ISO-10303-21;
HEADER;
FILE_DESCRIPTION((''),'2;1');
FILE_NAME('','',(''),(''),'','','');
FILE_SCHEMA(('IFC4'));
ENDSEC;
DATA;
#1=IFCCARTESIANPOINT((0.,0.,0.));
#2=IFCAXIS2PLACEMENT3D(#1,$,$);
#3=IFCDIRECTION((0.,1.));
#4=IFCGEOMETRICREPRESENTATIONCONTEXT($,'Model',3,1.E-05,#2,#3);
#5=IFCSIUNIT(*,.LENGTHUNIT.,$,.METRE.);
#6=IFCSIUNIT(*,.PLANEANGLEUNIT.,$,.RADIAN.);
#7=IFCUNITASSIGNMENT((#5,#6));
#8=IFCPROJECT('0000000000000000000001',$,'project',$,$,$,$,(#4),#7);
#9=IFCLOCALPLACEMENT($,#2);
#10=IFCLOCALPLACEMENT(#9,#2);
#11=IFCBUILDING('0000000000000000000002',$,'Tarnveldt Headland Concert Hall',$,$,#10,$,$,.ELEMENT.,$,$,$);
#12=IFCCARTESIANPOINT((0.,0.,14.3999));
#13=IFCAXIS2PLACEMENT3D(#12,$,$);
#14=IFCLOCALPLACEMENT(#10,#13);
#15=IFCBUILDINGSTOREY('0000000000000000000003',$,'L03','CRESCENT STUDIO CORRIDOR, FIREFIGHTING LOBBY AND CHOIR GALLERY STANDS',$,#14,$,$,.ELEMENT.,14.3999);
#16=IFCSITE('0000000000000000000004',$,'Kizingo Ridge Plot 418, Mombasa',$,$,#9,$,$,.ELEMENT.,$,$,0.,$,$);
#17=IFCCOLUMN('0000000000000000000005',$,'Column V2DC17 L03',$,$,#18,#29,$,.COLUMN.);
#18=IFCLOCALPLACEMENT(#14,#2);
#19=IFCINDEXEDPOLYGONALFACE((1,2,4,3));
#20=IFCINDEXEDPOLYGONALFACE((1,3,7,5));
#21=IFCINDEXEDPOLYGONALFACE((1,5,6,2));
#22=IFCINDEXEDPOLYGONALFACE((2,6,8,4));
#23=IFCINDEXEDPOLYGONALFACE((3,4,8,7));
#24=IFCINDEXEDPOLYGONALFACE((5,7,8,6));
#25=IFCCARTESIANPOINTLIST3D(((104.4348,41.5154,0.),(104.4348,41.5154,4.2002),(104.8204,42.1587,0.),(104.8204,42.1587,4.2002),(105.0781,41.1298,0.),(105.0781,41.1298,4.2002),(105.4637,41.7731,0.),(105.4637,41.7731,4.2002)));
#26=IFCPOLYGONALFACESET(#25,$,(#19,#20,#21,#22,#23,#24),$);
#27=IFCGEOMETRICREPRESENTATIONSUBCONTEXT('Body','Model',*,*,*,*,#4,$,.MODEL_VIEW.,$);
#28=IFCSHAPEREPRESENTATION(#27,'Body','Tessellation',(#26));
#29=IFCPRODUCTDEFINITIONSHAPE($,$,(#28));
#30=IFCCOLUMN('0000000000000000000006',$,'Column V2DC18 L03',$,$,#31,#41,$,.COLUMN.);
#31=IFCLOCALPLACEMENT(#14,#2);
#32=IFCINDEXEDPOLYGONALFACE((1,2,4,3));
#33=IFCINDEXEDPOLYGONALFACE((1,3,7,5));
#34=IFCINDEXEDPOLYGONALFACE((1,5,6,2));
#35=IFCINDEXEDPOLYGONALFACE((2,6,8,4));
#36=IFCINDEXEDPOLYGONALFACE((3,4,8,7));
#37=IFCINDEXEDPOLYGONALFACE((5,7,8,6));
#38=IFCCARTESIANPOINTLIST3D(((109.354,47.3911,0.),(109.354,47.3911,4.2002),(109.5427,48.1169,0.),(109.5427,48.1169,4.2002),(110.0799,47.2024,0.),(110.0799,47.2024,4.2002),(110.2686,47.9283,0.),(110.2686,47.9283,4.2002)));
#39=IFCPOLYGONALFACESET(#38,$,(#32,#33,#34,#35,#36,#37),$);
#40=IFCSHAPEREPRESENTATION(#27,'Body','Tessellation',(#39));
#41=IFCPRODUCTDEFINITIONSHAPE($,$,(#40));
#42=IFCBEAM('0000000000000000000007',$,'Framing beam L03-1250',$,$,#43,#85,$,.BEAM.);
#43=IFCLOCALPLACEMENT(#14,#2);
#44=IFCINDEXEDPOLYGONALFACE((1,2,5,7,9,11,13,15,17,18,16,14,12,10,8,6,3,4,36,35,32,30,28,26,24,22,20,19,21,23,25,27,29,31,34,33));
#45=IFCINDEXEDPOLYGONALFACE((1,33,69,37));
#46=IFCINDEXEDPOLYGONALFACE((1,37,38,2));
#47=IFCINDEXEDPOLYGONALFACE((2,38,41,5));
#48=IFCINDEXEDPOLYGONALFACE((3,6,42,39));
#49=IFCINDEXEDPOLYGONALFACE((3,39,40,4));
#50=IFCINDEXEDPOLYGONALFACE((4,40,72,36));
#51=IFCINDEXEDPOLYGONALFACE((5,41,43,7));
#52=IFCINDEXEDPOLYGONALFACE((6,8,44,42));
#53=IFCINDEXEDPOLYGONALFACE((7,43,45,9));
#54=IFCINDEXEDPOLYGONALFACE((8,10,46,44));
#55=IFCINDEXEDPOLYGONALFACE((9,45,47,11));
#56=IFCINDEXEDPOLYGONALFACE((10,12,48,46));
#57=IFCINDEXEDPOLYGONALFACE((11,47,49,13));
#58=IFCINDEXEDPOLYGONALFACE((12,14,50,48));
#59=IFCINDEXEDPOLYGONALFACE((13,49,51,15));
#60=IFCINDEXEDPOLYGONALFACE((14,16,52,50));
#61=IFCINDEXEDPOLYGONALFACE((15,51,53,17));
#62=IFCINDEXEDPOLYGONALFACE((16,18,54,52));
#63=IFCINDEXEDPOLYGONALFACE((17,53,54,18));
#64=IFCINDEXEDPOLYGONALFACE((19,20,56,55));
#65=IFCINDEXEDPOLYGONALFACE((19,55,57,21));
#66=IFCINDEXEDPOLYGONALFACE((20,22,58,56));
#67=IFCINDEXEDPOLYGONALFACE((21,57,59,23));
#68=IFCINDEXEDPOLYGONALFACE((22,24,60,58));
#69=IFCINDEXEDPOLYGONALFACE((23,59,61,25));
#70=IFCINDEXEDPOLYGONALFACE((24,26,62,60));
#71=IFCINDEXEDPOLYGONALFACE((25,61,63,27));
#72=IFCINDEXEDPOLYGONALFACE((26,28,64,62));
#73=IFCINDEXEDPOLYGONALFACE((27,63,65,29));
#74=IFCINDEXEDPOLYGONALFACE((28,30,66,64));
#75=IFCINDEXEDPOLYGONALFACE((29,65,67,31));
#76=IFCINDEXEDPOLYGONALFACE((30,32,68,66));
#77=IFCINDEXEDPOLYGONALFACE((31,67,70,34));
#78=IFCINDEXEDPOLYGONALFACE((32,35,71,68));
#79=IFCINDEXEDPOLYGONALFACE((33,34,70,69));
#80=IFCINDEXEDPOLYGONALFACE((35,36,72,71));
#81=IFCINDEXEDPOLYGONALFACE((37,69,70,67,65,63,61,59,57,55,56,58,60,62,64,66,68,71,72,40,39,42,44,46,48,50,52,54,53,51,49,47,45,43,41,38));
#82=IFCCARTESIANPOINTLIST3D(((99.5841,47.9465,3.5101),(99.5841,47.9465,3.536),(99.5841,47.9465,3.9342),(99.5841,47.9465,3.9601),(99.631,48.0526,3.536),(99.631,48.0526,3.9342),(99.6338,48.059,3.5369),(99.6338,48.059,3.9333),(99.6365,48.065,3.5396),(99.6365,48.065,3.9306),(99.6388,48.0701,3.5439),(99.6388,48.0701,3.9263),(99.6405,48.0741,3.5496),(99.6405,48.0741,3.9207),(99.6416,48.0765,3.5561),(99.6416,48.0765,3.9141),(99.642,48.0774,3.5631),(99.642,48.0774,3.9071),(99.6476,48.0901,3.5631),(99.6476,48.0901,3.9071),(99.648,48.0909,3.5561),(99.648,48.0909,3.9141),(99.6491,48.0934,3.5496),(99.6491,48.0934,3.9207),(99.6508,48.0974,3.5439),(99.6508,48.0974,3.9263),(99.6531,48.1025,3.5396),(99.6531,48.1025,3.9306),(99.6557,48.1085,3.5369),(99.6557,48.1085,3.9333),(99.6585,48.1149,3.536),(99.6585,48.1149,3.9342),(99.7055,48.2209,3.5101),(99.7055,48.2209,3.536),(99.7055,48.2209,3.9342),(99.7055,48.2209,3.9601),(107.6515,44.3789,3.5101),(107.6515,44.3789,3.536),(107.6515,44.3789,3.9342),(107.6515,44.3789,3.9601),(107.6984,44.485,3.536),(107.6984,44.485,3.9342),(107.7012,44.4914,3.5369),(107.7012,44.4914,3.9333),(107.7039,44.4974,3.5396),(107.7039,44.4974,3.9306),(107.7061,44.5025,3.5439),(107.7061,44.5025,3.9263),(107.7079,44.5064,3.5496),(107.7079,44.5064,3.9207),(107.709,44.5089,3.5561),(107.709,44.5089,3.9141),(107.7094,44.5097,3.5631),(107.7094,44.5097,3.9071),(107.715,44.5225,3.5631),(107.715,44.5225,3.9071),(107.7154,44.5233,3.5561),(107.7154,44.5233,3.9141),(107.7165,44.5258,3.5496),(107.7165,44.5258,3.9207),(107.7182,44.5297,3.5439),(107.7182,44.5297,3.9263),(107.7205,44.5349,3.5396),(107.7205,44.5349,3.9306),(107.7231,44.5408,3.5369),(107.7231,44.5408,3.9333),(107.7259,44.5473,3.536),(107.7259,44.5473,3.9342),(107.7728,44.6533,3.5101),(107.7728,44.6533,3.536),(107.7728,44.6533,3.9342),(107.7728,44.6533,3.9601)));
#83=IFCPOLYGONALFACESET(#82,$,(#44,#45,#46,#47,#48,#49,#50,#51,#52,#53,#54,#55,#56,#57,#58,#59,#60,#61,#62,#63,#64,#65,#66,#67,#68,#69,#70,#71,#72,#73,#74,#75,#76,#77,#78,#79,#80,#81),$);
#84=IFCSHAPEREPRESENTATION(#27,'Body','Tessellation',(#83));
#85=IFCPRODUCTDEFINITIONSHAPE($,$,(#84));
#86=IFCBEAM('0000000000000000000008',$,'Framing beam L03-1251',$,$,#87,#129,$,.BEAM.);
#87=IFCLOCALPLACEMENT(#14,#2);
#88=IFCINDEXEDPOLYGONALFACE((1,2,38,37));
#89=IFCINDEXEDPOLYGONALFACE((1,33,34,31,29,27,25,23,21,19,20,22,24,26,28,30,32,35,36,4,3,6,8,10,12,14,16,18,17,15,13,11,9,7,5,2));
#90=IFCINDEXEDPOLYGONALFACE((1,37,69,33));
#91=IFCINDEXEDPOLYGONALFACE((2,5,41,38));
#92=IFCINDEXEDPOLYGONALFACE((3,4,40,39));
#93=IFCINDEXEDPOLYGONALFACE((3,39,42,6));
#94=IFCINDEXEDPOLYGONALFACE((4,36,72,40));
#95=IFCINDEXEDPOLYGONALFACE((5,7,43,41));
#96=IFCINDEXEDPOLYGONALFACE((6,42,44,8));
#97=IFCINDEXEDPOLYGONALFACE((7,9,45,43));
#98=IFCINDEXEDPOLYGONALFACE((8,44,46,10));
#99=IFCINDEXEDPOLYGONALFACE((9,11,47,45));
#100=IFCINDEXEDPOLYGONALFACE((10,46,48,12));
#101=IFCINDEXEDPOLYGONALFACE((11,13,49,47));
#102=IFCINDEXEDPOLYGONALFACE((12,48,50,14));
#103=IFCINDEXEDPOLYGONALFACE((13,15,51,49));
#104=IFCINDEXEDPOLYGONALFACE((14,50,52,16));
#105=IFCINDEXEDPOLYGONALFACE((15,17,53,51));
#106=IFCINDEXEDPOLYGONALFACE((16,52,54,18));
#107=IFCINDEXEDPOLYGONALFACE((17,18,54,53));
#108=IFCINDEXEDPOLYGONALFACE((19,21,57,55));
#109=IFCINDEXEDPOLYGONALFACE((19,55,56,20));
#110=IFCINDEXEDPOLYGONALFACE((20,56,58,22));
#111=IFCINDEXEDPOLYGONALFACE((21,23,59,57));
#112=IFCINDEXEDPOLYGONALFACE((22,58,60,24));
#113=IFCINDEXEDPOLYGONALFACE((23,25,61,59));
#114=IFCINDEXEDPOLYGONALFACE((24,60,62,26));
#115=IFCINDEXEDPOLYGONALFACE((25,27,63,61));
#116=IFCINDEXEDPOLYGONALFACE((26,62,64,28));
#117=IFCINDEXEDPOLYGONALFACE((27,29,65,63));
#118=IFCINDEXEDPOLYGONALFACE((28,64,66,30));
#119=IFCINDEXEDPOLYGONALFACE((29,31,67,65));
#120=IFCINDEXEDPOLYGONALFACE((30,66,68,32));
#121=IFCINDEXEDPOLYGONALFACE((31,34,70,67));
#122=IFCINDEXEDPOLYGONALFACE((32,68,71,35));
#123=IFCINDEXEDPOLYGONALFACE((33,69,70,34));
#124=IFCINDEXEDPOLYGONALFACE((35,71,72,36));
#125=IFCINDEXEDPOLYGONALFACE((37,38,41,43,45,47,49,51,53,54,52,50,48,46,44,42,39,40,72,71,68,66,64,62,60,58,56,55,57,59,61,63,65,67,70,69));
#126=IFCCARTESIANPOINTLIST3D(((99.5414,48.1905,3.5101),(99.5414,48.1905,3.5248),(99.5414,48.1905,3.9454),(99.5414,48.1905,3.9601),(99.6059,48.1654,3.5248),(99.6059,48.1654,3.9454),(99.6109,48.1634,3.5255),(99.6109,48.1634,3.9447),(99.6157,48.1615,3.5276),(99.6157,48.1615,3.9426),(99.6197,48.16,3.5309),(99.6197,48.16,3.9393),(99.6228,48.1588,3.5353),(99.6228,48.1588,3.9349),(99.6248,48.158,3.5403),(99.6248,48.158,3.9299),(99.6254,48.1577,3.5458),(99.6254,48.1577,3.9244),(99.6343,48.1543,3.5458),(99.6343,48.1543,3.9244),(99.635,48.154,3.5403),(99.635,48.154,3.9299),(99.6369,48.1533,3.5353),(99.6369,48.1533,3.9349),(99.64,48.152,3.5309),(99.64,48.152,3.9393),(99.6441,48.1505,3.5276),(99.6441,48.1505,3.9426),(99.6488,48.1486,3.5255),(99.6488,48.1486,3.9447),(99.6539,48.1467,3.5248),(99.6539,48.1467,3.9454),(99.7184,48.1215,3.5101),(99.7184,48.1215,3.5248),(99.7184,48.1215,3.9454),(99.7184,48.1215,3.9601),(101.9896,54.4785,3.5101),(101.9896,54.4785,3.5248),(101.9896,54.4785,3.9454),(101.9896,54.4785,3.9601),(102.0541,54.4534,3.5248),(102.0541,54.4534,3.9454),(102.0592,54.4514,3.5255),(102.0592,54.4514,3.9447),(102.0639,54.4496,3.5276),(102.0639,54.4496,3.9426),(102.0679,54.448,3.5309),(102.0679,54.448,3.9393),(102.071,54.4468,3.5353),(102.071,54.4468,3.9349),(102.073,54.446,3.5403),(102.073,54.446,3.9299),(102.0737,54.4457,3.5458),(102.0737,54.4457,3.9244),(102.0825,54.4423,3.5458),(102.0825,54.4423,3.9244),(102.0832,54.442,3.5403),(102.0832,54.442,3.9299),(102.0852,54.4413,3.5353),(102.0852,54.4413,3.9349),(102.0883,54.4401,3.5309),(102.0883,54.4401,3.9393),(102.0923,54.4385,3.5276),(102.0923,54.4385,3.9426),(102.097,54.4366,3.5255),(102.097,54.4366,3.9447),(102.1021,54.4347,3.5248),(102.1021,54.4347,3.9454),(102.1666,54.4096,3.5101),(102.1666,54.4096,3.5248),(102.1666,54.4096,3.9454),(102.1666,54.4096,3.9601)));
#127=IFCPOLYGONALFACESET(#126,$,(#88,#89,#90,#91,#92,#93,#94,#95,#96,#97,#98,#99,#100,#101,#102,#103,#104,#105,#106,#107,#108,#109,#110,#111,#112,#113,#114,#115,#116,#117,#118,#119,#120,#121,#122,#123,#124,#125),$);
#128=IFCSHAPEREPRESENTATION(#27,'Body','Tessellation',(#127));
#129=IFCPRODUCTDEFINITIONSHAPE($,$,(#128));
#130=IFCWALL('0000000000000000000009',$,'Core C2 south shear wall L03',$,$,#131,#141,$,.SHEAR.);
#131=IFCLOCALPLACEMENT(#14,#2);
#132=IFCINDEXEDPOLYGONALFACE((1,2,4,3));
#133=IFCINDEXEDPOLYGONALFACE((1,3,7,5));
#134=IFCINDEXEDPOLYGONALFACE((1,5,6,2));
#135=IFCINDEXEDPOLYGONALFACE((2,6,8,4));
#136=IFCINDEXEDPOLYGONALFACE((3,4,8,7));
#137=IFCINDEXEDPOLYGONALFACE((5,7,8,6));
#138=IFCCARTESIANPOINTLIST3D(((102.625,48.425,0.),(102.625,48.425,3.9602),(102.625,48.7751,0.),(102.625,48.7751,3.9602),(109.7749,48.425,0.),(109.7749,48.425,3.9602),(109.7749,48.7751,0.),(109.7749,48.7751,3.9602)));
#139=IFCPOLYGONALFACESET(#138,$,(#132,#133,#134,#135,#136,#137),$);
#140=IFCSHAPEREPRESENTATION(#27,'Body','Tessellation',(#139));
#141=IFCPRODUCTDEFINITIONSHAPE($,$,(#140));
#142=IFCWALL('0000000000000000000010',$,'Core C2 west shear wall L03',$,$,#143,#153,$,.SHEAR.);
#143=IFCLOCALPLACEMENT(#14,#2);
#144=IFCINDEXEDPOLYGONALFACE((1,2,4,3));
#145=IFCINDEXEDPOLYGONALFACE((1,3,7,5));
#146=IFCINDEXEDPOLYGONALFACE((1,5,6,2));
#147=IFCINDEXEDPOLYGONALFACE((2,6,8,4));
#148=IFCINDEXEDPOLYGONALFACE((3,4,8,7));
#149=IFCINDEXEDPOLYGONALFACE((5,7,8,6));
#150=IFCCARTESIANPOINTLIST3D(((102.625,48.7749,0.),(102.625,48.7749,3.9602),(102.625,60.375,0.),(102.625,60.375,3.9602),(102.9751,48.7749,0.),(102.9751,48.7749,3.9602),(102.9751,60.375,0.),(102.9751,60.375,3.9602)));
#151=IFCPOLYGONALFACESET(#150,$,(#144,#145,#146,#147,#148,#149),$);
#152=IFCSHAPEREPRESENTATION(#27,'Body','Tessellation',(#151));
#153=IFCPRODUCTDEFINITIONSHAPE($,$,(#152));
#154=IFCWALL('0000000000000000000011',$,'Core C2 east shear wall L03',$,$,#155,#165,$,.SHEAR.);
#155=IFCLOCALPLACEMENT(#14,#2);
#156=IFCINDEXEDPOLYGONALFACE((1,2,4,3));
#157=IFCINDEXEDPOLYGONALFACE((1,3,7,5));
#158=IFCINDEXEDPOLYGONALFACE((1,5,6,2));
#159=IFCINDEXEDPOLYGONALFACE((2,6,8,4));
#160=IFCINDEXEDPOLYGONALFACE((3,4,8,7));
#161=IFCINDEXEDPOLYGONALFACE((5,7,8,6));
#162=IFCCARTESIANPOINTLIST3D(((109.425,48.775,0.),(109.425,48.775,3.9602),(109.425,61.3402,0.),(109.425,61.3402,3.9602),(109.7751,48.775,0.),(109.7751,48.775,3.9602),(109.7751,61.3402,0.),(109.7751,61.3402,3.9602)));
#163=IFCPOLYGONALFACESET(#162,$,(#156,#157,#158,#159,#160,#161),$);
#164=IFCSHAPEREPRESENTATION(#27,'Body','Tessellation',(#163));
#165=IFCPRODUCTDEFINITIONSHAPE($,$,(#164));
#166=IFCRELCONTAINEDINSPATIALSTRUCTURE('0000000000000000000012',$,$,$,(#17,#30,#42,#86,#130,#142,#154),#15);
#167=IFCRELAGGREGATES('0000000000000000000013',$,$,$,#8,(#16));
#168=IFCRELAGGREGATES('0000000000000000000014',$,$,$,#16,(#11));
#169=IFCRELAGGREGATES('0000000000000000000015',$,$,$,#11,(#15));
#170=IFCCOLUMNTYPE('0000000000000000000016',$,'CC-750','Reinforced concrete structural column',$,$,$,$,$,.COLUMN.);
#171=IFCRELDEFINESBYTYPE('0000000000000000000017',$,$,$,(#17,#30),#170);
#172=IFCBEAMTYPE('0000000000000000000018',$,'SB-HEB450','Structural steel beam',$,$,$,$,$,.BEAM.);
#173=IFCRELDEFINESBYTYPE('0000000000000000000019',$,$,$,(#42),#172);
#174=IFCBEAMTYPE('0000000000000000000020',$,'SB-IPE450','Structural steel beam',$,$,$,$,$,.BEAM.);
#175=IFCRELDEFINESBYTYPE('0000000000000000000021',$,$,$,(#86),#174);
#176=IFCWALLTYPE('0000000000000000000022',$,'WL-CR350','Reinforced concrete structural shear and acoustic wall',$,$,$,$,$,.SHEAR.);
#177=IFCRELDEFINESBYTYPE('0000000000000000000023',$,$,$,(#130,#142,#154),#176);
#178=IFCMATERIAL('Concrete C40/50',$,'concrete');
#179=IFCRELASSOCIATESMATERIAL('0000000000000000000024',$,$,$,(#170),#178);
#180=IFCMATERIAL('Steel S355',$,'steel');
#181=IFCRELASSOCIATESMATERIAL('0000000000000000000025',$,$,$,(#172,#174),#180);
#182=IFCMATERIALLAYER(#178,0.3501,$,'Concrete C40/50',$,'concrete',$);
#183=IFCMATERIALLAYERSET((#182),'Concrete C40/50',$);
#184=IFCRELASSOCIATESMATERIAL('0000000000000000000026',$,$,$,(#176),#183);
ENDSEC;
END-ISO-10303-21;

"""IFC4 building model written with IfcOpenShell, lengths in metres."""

from ifc_helpers import new_model, si_unit, direction, frame, frame_2d, origin, origin_2d, place, context, subcontext, project, spatial, rectangle, i_section, extrude, material, layer, layer_set, material_profile, profile_set, type_object, element, save


model = new_model("IFC4")

# Units and contexts
model_context = context("Model", 3, precision=1e-05, world=origin(), true_north=direction((0.0, 1.0)))
body_context = subcontext(model_context, "Body", "Model", "MODEL_VIEW")
ifc_project = project(units=[si_unit("LENGTHUNIT", "METRE"), si_unit("PLANEANGLEUNIT", "RADIAN")], contexts=[model_context])

# Site, building, storey
site_placement = place(None, origin())
site = spatial("IfcSite", under=ifc_project, at=site_placement, Name="Kizingo Ridge Plot 418, Mombasa", CompositionType="ELEMENT", RefElevation=0.0)
building_placement = place(site_placement, origin())
building = spatial("IfcBuilding", under=site, at=building_placement, Name="Tarnveldt Headland Concert Hall", CompositionType="ELEMENT")
storey_placement = place(building_placement, frame((0.0, 0.0, 14.3999)))
storey = spatial("IfcBuildingStorey", under=building, at=storey_placement, Name="L03", Description="CRESCENT STUDIO CORRIDOR, FIREFIGHTING LOBBY AND CHOIR GALLERY STANDS", CompositionType="ELEMENT", Elevation=14.3999)

# Columns
ifc_material_1 = material(Name="Concrete C40/50", Category="concrete")
ifc_material_profile_1 = material_profile(ifc_material_1, rectangle(XDim=0.75, YDim=0.75, at=origin_2d()), Name="RC 750x750", Category="concrete")
ifc_profile_set_1 = profile_set([ifc_material_profile_1], Name="Concrete C40/50")
column_type = type_object("IfcColumnType", Name="CC-750", Description="Reinforced concrete structural column", PredefinedType="COLUMN", material=ifc_profile_set_1)
for number, where, z_axis, x_axis, name in (
    (1, (104.9492, 41.6443, 0.0), (0.0, 0.0, 1.0), (0.857706, -0.51414, 0.0), "Column V2DC17 L03"),
    (2, (109.8113, 47.6597, 0.0), (0.0, 0.0, 1.0), (0.967841, -0.251563, 0.0), "Column V2DC18 L03"),
):
    element("IfcColumn", number, at=place(storey_placement, frame(where, z_axis=z_axis, x_axis=x_axis)), inside=storey, type_object=column_type, Name=name, PredefinedType="COLUMN", context=body_context, shape_type="SweptSolid", body=[
        extrude(rectangle(XDim=0.75, YDim=0.75, at=origin_2d()), origin(), (0.0, 0.0, 1.0), 4.2002),
    ])

# Beams
ifc_material_2 = material(Name="Steel S355", Category="steel")
ifc_material_profile_2 = material_profile(ifc_material_2, i_section(OverallWidth=0.3, OverallDepth=0.45, WebThickness=0.0139, FlangeThickness=0.0259, FilletRadius=0.0271, at=origin_2d()), Name="HEB450", Category="steel")
ifc_profile_set_2 = profile_set([ifc_material_profile_2], Name="Steel S355")
beam_type_1 = type_object("IfcBeamType", Name="SB-HEB450", Description="Structural steel beam", PredefinedType="BEAM", material=ifc_profile_set_2)
beam_1_placement = place(storey_placement, frame((99.6448, 48.0837, 3.7351), z_axis=(0.914562, -0.404445, 0.0), x_axis=(0.404445, 0.914562, 0.0)))
element("IfcBeam", 3, at=beam_1_placement, inside=storey, type_object=beam_type_1, Name="Framing beam L03-1250", PredefinedType="BEAM", context=body_context, shape_type="SweptSolid", body=[
    extrude(i_section(OverallWidth=0.3, OverallDepth=0.45, WebThickness=0.0139, FlangeThickness=0.0259, FilletRadius=0.0271, at=origin_2d()), origin(), (0.0, 0.0, 1.0), 8.821),
])
ifc_material_profile_3 = material_profile(ifc_material_2, i_section(OverallWidth=0.1899, OverallDepth=0.45, WebThickness=0.0095, FlangeThickness=0.0146, FilletRadius=0.021, at=origin_2d()), Name="IPE450", Category="steel")
ifc_profile_set_3 = profile_set([ifc_material_profile_3], Name="Steel S355")
beam_type_2 = type_object("IfcBeamType", Name="SB-IPE450", Description="Structural steel beam", PredefinedType="BEAM", material=ifc_profile_set_3)
beam_2_placement = place(storey_placement, frame((99.6299, 48.156, 3.7351), z_axis=(0.362816, 0.931861, 0.0), x_axis=(-0.931861, 0.362816, 0.0)))
element("IfcBeam", 4, at=beam_2_placement, inside=storey, type_object=beam_type_2, Name="Framing beam L03-1251", PredefinedType="BEAM", context=body_context, shape_type="SweptSolid", body=[
    extrude(i_section(OverallWidth=0.1899, OverallDepth=0.45, WebThickness=0.0095, FlangeThickness=0.0146, FilletRadius=0.021, at=origin_2d()), origin(), (0.0, 0.0, 1.0), 6.7478),
])

# Walls
ifc_layer_1 = layer(ifc_material_1, 0.3501, Name="Concrete C40/50", Category="concrete")
ifc_layer_set_1 = layer_set([ifc_layer_1], Name="Concrete C40/50")
wall_type_1 = type_object("IfcWallType", Name="WL-CR350", Description="Reinforced concrete structural shear and acoustic wall", PredefinedType="SHEAR", material=ifc_layer_set_1)
wall_1_placement = place(storey_placement, frame((102.625, 48.6001, 0.0), z_axis=(0.0, 0.0, 1.0), x_axis=(1.0, 0.0, 0.0)))
element("IfcWall", 5, at=wall_1_placement, inside=storey, type_object=wall_type_1, Name="Core C2 south shear wall L03", PredefinedType="SHEAR", context=body_context, shape_type="SweptSolid", body=[
    extrude(rectangle(XDim=7.1499, YDim=0.3501, at=frame_2d((3.575, 0.0))), origin(), (0.0, 0.0, 1.0), 3.9602),
])
wall_2_placement = place(storey_placement, frame((102.8, 48.7749, 0.0), z_axis=(0.0, 0.0, 1.0), x_axis=(0.0, 1.0, 0.0)))
element("IfcWall", 6, at=wall_2_placement, inside=storey, type_object=wall_type_1, Name="Core C2 west shear wall L03", PredefinedType="SHEAR", context=body_context, shape_type="SweptSolid", body=[
    extrude(rectangle(XDim=11.6001, YDim=0.3501, at=frame_2d((5.8, 0.0))), origin(), (0.0, 0.0, 1.0), 3.9602),
])
wall_3_placement = place(storey_placement, frame((109.6001, 48.7749, 0.0), z_axis=(0.0, 0.0, 1.0), x_axis=(0.0, 1.0, 0.0)))
element("IfcWall", 7, at=wall_3_placement, inside=storey, type_object=wall_type_1, Name="Core C2 east shear wall L03", PredefinedType="SHEAR", context=body_context, shape_type="SweptSolid", body=[
    extrude(rectangle(XDim=12.5652, YDim=0.3501, at=frame_2d((6.2827, 0.0))), origin(), (0.0, 0.0, 1.0), 3.9602),
])

save(model, "model.ifc")
